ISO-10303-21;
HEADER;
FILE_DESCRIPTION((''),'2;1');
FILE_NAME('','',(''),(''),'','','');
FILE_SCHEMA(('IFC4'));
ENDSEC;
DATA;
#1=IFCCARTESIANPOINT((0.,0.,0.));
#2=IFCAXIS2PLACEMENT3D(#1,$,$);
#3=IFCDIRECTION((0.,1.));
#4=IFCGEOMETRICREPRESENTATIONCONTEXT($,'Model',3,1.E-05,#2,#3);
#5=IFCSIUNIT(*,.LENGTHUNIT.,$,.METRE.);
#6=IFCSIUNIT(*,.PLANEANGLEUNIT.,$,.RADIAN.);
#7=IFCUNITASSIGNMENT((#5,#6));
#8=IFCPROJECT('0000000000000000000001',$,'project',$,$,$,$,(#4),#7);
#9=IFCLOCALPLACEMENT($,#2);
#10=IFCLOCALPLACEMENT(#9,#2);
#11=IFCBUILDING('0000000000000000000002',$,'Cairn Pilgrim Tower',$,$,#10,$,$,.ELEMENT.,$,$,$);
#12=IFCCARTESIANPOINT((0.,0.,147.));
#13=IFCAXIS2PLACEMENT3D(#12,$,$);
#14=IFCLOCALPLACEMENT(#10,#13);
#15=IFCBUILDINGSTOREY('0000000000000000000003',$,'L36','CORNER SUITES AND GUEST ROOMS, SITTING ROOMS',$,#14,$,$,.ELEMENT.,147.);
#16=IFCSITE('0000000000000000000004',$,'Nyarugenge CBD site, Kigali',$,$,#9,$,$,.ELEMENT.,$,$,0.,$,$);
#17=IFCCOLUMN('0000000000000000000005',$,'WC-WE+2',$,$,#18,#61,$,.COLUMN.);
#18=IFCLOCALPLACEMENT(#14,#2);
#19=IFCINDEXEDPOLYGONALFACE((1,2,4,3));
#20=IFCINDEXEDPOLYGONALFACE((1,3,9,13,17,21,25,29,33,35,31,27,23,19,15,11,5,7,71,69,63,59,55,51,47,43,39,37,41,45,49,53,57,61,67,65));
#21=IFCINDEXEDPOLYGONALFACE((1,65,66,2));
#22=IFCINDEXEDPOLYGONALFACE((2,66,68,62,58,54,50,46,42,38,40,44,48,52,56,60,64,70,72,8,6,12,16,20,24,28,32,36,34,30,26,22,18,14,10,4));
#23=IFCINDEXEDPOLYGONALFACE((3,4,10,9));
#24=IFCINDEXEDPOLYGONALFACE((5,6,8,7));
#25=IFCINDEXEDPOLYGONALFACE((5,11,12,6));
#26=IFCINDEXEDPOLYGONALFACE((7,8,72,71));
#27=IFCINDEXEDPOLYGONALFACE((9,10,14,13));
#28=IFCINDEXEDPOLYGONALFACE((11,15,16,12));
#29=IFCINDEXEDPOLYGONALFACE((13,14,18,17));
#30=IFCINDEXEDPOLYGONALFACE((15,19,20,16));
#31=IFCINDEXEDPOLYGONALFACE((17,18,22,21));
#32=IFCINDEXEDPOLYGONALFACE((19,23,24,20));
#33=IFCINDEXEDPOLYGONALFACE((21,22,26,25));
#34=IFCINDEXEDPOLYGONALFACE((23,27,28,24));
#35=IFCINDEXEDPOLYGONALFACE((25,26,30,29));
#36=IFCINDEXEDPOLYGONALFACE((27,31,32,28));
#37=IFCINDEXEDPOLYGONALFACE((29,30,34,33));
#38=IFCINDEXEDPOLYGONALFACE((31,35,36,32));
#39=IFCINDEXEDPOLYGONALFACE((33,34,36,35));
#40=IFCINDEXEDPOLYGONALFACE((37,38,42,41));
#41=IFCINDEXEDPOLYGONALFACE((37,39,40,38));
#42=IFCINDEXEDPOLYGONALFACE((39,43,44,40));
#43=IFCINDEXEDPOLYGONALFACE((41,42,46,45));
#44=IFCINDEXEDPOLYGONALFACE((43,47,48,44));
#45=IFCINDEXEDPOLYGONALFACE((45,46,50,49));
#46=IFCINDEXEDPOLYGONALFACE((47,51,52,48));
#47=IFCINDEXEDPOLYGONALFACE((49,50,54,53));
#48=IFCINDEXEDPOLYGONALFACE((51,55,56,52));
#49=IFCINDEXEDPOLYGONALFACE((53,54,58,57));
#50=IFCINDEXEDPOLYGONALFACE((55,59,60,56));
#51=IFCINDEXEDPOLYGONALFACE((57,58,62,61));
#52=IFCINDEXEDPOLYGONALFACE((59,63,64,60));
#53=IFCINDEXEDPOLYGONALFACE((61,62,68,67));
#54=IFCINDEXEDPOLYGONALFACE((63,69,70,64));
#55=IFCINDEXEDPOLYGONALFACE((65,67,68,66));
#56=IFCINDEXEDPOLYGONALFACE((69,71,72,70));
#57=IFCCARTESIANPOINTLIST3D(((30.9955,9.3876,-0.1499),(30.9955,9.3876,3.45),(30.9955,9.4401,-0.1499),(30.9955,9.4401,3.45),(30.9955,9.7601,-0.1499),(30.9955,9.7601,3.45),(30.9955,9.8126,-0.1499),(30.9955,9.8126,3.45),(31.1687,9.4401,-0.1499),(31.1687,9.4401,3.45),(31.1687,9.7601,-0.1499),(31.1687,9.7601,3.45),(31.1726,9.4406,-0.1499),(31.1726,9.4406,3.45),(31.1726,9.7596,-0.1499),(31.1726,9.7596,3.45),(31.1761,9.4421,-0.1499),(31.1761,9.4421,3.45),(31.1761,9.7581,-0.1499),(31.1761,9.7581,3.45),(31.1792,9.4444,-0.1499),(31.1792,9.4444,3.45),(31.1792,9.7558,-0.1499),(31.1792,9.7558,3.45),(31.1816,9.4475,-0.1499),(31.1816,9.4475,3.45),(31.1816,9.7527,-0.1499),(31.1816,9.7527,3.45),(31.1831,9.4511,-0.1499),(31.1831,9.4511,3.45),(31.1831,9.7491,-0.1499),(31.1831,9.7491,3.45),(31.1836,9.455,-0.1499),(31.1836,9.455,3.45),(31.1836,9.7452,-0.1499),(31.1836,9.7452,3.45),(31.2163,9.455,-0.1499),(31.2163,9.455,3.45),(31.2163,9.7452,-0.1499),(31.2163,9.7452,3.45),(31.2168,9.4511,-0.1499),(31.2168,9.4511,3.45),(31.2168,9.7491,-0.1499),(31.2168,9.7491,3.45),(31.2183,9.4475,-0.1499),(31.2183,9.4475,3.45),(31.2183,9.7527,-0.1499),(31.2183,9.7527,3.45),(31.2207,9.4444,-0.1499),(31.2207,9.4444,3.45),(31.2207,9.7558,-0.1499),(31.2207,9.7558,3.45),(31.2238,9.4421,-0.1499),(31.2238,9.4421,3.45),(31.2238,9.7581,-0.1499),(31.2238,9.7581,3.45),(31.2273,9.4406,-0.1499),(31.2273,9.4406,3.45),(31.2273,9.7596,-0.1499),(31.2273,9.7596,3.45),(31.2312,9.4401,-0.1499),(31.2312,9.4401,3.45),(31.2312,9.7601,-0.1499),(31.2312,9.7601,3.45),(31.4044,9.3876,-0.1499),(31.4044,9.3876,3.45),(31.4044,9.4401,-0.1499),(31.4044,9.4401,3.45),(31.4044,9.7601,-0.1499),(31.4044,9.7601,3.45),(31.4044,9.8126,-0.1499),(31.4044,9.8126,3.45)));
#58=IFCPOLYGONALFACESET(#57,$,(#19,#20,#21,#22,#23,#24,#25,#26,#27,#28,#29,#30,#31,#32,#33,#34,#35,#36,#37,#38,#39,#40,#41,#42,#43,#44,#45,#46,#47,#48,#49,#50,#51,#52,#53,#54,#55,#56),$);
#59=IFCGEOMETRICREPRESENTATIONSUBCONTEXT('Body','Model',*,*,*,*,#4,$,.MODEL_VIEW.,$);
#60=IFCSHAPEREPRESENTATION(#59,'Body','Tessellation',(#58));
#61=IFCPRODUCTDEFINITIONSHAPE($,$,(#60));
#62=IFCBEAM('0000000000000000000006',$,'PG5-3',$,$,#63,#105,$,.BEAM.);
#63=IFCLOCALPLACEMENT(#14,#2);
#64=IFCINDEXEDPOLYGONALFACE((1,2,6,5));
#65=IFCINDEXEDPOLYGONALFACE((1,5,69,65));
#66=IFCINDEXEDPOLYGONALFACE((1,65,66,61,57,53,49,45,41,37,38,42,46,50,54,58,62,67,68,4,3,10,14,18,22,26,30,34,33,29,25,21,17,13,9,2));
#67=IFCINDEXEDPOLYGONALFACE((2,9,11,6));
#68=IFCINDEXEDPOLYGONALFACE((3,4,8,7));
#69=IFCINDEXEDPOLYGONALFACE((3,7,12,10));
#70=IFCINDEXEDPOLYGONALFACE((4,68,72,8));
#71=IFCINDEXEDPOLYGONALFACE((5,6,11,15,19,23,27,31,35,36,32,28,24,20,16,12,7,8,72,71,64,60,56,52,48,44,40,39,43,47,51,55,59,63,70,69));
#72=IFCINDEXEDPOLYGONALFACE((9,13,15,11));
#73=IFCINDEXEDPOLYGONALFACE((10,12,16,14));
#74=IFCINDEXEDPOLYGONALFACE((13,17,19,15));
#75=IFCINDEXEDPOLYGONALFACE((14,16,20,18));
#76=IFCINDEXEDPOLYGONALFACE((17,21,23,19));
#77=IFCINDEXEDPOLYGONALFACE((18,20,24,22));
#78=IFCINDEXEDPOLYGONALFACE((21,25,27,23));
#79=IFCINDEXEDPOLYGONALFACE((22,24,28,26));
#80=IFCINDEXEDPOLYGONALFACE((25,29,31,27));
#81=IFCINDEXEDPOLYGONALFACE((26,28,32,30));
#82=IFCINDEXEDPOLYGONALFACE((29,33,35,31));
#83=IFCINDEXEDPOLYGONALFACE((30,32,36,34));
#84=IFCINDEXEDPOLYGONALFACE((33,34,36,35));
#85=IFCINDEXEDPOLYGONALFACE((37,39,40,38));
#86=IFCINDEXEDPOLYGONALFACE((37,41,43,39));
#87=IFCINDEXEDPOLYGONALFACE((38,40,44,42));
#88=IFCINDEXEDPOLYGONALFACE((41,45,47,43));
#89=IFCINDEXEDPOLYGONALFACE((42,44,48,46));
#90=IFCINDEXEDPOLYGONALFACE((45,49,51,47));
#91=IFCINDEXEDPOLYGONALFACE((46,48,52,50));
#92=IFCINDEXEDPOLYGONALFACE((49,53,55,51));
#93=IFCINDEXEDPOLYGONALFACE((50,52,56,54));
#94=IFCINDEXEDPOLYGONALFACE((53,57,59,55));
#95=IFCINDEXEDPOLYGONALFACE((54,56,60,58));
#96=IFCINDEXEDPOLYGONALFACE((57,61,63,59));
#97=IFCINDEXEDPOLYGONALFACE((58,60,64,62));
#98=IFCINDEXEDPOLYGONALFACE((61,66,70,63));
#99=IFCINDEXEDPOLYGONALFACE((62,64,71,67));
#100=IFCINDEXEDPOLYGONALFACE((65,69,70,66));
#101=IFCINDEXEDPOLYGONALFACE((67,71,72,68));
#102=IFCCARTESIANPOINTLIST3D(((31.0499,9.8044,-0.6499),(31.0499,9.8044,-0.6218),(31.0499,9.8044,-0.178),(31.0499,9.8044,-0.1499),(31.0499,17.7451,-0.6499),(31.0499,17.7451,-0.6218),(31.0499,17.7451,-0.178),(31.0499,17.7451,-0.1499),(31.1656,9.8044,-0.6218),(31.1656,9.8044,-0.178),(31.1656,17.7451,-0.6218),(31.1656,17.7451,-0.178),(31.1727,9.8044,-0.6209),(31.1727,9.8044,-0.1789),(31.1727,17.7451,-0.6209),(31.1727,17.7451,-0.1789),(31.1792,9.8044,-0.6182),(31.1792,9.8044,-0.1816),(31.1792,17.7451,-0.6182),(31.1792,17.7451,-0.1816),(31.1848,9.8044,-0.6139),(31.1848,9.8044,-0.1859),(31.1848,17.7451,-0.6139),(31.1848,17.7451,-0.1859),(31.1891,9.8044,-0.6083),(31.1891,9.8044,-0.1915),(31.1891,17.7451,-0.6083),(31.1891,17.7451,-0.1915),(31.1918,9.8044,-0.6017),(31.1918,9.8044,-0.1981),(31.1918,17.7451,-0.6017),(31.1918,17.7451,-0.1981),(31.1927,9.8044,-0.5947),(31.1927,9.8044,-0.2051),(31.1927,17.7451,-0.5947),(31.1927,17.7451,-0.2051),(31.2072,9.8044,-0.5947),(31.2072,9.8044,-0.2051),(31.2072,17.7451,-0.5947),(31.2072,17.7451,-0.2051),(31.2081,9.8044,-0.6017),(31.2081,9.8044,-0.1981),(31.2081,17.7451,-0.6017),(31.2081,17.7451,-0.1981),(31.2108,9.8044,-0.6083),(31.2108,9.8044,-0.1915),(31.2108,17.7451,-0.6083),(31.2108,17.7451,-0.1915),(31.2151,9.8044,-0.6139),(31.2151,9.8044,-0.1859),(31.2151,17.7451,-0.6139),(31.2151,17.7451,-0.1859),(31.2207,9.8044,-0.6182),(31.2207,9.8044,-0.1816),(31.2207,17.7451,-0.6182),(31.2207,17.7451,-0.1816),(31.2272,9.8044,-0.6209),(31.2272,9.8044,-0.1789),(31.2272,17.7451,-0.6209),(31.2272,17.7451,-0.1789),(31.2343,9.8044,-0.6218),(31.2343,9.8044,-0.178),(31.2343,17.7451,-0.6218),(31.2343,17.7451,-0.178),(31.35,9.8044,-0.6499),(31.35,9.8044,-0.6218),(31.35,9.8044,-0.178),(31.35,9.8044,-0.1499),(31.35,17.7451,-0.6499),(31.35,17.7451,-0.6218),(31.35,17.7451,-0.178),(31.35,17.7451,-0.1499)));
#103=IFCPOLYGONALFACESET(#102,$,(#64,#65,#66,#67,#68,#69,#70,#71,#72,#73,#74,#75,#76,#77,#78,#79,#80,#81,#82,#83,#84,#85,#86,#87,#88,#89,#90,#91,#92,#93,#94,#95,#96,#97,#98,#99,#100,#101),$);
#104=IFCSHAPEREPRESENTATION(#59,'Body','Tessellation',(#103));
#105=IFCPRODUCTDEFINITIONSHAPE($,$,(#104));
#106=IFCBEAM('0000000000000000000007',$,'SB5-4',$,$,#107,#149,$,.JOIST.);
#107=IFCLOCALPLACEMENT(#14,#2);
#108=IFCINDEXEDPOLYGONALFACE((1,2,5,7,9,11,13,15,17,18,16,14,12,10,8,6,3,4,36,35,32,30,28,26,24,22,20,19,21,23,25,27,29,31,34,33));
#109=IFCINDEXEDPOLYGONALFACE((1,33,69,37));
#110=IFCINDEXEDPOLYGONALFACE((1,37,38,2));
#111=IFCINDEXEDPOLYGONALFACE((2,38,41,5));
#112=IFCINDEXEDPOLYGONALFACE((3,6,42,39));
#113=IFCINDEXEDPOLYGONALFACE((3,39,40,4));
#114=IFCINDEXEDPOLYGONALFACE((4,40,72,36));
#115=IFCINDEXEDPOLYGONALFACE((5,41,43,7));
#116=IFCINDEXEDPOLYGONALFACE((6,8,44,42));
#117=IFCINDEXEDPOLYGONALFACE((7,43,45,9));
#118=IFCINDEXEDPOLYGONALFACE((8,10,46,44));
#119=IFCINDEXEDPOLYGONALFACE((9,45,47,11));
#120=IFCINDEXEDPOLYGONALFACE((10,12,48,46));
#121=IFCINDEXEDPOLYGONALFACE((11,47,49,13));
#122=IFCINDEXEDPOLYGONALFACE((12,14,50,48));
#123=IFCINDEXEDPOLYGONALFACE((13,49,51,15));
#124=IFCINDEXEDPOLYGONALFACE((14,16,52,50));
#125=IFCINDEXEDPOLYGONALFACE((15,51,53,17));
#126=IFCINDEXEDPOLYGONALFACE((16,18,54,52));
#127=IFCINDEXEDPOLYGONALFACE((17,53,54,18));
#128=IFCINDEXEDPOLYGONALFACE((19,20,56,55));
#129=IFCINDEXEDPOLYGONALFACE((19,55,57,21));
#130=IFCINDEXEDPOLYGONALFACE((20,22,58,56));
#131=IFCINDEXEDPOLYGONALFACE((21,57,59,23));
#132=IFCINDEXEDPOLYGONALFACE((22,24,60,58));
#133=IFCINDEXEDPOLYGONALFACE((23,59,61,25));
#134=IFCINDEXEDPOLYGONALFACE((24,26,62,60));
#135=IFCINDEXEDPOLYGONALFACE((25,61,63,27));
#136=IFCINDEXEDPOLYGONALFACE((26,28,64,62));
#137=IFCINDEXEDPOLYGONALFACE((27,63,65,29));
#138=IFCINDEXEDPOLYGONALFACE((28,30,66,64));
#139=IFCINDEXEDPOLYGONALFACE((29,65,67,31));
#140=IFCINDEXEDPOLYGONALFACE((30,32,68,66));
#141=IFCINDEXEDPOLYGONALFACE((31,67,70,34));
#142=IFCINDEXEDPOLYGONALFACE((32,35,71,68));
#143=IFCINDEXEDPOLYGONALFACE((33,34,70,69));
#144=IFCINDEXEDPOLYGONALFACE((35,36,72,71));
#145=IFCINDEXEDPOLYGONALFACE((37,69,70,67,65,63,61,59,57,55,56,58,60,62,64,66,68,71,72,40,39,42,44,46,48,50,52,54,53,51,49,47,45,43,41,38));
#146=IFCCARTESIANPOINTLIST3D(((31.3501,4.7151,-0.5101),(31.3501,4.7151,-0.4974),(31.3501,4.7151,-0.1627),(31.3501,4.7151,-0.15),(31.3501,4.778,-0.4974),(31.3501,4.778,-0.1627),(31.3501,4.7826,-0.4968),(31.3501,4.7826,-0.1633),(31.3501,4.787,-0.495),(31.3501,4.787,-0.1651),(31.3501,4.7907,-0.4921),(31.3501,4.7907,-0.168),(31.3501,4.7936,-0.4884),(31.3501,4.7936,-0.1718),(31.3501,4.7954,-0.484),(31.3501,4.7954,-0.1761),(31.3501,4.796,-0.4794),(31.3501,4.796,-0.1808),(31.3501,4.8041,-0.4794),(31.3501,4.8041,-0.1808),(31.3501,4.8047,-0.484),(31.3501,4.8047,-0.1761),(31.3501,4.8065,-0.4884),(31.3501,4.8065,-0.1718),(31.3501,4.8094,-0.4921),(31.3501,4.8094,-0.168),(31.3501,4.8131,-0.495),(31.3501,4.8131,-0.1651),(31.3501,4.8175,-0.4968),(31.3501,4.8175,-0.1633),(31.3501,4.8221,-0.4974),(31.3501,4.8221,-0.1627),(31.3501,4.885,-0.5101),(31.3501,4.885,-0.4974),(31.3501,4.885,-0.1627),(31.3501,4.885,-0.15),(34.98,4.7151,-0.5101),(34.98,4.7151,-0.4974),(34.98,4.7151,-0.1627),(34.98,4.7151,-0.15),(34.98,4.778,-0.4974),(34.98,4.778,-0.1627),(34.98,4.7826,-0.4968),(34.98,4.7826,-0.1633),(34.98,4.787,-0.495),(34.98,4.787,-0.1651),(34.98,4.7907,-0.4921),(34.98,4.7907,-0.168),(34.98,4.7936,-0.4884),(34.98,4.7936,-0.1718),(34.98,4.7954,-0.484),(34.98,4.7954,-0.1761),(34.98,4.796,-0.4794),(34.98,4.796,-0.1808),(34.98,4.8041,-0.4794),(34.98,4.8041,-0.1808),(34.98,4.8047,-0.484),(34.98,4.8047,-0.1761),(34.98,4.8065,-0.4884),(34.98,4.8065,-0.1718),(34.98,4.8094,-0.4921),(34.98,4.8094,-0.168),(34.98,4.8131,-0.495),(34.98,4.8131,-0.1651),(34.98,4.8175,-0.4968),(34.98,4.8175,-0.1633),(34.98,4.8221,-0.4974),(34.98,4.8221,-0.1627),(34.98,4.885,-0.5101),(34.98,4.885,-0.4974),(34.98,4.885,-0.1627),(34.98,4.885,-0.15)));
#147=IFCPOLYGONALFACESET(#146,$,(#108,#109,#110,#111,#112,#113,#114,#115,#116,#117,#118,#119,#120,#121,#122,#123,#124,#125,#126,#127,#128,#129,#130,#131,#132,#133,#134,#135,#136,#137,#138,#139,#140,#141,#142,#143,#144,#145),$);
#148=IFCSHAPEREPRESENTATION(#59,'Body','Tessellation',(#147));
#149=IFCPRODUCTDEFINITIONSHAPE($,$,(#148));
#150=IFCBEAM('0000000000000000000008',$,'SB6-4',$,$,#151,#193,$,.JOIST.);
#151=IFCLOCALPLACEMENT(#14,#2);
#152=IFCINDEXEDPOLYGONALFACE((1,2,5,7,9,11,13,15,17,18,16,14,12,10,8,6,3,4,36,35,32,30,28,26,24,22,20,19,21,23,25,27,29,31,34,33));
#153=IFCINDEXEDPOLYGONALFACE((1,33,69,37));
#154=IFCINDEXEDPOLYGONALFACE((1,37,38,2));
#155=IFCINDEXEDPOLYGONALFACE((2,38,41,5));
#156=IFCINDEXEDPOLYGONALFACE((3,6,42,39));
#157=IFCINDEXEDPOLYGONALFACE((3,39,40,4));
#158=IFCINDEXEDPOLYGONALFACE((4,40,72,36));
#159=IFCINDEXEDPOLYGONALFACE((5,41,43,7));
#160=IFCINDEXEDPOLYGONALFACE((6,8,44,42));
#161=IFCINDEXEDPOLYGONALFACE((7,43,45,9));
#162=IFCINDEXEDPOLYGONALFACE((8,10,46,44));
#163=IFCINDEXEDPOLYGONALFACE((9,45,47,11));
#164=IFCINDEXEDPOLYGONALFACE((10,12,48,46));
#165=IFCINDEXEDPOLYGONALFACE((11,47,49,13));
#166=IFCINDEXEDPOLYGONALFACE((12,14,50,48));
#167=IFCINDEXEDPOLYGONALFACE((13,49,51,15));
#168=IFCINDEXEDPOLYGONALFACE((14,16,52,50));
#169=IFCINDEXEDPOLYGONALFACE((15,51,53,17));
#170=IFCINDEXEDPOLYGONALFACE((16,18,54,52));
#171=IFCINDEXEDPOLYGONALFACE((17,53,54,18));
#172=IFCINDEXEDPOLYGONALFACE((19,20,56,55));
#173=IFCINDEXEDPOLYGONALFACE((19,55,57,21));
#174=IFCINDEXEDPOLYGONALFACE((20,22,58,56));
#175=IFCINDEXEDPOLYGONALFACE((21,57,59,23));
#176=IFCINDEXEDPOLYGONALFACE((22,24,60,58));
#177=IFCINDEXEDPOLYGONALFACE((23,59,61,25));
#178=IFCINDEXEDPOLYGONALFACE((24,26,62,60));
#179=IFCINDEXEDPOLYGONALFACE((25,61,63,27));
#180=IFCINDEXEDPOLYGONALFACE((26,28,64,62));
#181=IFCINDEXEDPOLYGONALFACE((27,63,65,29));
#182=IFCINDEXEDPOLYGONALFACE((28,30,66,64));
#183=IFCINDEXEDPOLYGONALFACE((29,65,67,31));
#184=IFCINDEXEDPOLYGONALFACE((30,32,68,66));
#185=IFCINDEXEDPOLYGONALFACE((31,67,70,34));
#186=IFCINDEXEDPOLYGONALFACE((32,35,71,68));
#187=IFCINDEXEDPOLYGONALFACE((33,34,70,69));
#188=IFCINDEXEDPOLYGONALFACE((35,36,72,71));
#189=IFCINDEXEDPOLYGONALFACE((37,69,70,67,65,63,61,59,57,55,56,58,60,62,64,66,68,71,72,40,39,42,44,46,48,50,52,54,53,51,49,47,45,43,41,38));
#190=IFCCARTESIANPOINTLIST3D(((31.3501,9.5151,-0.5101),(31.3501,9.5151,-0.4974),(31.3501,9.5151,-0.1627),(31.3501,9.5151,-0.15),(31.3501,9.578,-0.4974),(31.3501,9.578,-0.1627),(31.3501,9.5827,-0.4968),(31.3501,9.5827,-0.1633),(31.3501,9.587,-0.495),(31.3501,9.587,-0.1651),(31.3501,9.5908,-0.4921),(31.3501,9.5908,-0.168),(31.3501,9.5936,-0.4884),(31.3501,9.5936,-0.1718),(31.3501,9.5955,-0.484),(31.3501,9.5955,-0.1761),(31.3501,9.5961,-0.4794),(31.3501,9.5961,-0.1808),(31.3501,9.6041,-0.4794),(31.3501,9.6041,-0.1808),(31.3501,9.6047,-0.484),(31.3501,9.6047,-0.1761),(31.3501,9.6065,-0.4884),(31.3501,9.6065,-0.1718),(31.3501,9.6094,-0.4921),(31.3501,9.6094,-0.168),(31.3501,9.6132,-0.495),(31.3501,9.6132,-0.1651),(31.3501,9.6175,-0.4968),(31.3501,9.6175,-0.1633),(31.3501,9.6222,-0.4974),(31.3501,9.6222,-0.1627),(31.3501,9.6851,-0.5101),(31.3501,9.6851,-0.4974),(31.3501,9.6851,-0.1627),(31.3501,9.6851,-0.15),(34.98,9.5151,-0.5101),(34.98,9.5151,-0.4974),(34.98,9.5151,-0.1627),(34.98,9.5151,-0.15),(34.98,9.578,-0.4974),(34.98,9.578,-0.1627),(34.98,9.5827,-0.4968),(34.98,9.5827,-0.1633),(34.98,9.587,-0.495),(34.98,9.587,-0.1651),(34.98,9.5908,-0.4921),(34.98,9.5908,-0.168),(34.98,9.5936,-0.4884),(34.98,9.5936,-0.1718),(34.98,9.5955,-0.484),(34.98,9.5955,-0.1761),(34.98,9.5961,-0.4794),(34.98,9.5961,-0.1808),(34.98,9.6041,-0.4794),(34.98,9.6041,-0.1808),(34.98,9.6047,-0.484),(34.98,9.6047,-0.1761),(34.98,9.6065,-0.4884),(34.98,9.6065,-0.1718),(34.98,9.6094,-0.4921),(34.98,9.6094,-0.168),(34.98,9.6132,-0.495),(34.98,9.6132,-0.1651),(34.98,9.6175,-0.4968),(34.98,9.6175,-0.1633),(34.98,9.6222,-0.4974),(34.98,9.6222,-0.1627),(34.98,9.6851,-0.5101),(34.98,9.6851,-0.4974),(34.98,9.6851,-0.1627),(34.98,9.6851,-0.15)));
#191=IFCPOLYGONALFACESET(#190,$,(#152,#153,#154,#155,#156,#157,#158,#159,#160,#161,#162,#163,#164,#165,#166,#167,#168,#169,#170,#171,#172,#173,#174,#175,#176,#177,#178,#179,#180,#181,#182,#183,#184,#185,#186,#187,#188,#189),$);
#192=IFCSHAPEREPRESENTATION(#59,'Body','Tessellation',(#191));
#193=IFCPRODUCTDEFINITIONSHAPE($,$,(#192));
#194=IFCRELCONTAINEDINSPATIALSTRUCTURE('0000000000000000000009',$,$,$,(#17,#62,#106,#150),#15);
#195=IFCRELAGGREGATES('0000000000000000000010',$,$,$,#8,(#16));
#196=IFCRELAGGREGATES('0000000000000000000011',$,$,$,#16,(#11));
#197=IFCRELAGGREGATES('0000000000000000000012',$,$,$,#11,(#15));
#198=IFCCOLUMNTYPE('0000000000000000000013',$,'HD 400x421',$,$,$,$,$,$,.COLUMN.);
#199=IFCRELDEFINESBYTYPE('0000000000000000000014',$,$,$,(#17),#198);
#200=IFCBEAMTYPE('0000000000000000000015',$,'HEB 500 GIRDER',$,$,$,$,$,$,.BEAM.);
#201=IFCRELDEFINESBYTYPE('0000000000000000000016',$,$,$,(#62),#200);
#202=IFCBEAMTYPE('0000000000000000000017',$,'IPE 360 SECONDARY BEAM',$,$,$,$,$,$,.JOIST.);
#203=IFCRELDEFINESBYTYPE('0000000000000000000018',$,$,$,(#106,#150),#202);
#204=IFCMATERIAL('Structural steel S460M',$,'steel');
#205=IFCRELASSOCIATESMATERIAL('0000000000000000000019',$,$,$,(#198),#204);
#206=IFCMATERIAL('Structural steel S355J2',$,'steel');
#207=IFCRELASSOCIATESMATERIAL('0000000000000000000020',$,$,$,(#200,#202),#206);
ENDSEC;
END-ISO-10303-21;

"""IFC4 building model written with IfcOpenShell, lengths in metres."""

from ifc_helpers import new_model, si_unit, direction, frame, origin, origin_2d, place, context, subcontext, project, spatial, i_section, extrude, material, material_profile, profile_set, type_object, element, save


model = new_model("IFC4")

# Units and contexts
model_context = context("Model", 3, precision=1e-05, world=origin(), true_north=direction((0.0, 1.0)))
body_context = subcontext(model_context, "Body", "Model", "MODEL_VIEW")
ifc_project = project(units=[si_unit("LENGTHUNIT", "METRE"), si_unit("PLANEANGLEUNIT", "RADIAN")], contexts=[model_context])

# Site, building, storey
site_placement = place(None, origin())
site = spatial("IfcSite", under=ifc_project, at=site_placement, Name="Nyarugenge CBD site, Kigali", CompositionType="ELEMENT", RefElevation=0.0)
building_placement = place(site_placement, origin())
building = spatial("IfcBuilding", under=site, at=building_placement, Name="Cairn Pilgrim Tower", CompositionType="ELEMENT")
storey_placement = place(building_placement, frame((0.0, 0.0, 147.0)))
storey = spatial("IfcBuildingStorey", under=building, at=storey_placement, Name="L36", Description="CORNER SUITES AND GUEST ROOMS, SITTING ROOMS", CompositionType="ELEMENT", Elevation=147.0)

# Column
ifc_material_1 = material(Name="Structural steel S460M", Category="steel")
ifc_material_profile_1 = material_profile(ifc_material_1, i_section(OverallWidth=0.4089, OverallDepth=0.425, WebThickness=0.0327, FlangeThickness=0.0525, FilletRadius=0.0149, at=origin_2d()), Name="HD 400x421")
ifc_profile_set_1 = profile_set([ifc_material_profile_1], Name="Structural steel S460M")
column_type = type_object("IfcColumnType", Name="HD 400x421", PredefinedType="COLUMN", material=ifc_profile_set_1)
column_placement = place(storey_placement, frame((31.2, 9.6001, -0.1499), z_axis=(0.0, 0.0, 1.0), x_axis=(1.0, 0.0, 0.0)))
element("IfcColumn", 1, at=column_placement, inside=storey, type_object=column_type, Name="WC-WE+2", PredefinedType="COLUMN", context=body_context, shape_type="SweptSolid", body=[
    extrude(i_section(OverallWidth=0.4089, OverallDepth=0.425, WebThickness=0.0327, FlangeThickness=0.0525, FilletRadius=0.0149, at=origin_2d()), origin(), (0.0, 0.0, 1.0), 3.5999),
])

# Beams
ifc_material_2 = material(Name="Structural steel S355J2", Category="steel")
ifc_material_profile_2 = material_profile(ifc_material_2, i_section(OverallWidth=0.3, OverallDepth=0.5, WebThickness=0.0144, FlangeThickness=0.0281, FilletRadius=0.0271, at=origin_2d()), Name="HEB 500")
ifc_profile_set_2 = profile_set([ifc_material_profile_2], Name="Structural steel S355J2")
beam_type_1 = type_object("IfcBeamType", Name="HEB 500 GIRDER", PredefinedType="BEAM", material=ifc_profile_set_2)
beam_placement = place(storey_placement, frame((31.2, 9.8044, -0.3999), z_axis=(0.0, 1.0, 0.0), x_axis=(-1.0, 0.0, 0.0)))
element("IfcBeam", 2, at=beam_placement, inside=storey, type_object=beam_type_1, Name="PG5-3", PredefinedType="BEAM", context=body_context, shape_type="SweptSolid", body=[
    extrude(i_section(OverallWidth=0.3, OverallDepth=0.5, WebThickness=0.0144, FlangeThickness=0.0281, FilletRadius=0.0271, at=origin_2d()), origin(), (0.0, 0.0, 1.0), 7.9407),
])
ifc_material_profile_3 = material_profile(ifc_material_2, i_section(OverallWidth=0.1699, OverallDepth=0.3601, WebThickness=0.0081, FlangeThickness=0.0127, FilletRadius=0.0181, at=origin_2d()), Name="IPE 360")
ifc_profile_set_3 = profile_set([ifc_material_profile_3], Name="Structural steel S355J2")
beam_type_2 = type_object("IfcBeamType", Name="IPE 360 SECONDARY BEAM", PredefinedType="JOIST", material=ifc_profile_set_3)
for number, where, z_axis, x_axis, name in (
    (3, (31.3501, 4.8, -0.3301), (1.0, 0.0, 0.0), (0.0, 1.0, 0.0), "SB5-4"),
    (4, (31.3501, 9.6001, -0.3301), (1.0, 0.0, 0.0), (0.0, 1.0, 0.0), "SB6-4"),
):
    element("IfcBeam", number, at=place(storey_placement, frame(where, z_axis=z_axis, x_axis=x_axis)), inside=storey, type_object=beam_type_2, Name=name, PredefinedType="JOIST", context=body_context, shape_type="SweptSolid", body=[
        extrude(i_section(OverallWidth=0.1699, OverallDepth=0.3601, WebThickness=0.0081, FlangeThickness=0.0127, FilletRadius=0.0181, at=origin_2d()), origin(), (0.0, 0.0, 1.0), 3.6299),
    ])

save(model, "model.ifc")
